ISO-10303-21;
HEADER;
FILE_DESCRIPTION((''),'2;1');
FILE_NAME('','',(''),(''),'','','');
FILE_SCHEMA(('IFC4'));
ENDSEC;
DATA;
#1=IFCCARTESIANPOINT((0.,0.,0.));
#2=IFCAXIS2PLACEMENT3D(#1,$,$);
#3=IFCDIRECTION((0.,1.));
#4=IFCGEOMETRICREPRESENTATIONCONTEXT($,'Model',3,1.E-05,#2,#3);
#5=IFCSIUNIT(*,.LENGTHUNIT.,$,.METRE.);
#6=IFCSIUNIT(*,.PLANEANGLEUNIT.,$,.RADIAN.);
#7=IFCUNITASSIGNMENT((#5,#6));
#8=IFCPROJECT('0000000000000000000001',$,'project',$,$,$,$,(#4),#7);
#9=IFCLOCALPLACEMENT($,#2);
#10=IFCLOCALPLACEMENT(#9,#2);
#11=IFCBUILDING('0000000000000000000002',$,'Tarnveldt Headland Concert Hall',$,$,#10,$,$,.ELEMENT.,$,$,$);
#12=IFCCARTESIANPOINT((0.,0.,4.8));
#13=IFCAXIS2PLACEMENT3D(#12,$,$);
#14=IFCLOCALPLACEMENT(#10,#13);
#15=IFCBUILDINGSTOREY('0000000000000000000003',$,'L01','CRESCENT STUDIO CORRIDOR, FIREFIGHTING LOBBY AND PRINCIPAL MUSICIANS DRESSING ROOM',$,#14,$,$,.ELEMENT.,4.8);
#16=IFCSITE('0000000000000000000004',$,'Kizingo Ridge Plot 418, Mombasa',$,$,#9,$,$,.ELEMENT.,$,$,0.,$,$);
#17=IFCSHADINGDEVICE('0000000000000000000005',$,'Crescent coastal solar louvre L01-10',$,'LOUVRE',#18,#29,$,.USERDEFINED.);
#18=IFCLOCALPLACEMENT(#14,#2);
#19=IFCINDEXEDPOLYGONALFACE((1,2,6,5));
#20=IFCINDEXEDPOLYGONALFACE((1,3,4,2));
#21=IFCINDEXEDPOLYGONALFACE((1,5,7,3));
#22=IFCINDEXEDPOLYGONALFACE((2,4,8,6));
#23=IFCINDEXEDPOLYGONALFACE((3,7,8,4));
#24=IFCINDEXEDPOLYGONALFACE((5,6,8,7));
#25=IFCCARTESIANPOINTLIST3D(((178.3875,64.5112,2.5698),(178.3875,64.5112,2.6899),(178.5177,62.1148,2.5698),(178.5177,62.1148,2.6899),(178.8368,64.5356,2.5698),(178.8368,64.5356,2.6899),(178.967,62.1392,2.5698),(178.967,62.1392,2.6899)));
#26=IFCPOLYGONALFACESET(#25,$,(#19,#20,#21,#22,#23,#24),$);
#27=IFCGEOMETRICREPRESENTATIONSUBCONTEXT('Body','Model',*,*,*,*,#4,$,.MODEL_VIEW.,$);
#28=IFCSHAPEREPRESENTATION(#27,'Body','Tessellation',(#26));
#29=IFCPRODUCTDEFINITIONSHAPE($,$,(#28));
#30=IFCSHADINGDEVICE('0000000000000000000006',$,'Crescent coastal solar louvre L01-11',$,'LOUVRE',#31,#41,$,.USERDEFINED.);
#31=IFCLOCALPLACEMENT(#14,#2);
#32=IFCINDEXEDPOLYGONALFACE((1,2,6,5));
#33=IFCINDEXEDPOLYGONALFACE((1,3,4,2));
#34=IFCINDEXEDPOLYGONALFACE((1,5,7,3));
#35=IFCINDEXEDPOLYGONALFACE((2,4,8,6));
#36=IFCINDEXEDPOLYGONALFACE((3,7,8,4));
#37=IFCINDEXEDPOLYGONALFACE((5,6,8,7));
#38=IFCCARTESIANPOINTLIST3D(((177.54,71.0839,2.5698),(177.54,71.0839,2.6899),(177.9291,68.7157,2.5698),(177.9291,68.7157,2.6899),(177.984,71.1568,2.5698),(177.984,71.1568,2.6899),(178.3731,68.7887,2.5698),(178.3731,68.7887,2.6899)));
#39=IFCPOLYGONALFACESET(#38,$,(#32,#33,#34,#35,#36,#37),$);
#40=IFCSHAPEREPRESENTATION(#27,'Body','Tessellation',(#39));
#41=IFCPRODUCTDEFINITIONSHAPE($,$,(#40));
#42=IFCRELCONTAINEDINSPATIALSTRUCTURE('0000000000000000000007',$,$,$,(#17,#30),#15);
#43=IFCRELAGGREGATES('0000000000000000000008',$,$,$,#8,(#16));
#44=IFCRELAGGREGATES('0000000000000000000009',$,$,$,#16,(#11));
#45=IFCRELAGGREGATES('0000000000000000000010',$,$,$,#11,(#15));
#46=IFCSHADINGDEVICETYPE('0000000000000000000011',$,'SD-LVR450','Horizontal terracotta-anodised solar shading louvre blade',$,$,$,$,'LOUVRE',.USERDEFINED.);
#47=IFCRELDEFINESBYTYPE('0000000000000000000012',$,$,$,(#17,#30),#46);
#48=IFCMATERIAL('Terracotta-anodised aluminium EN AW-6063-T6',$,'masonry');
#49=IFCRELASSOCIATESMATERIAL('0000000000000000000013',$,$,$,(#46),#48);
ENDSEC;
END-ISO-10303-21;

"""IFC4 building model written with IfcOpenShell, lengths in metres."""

from ifc_helpers import new_model, si_unit, direction, frame, origin, origin_2d, place, context, subcontext, project, spatial, rectangle, extrude, material, type_object, element, save


model = new_model("IFC4")

# Units and contexts
model_context = context("Model", 3, precision=1e-05, world=origin(), true_north=direction((0.0, 1.0)))
body_context = subcontext(model_context, "Body", "Model", "MODEL_VIEW")
ifc_project = project(units=[si_unit("LENGTHUNIT", "METRE"), si_unit("PLANEANGLEUNIT", "RADIAN")], contexts=[model_context])

# Site, building, storey
site_placement = place(None, origin())
site = spatial("IfcSite", under=ifc_project, at=site_placement, Name="Kizingo Ridge Plot 418, Mombasa", CompositionType="ELEMENT", RefElevation=0.0)
building_placement = place(site_placement, origin())
building = spatial("IfcBuilding", under=site, at=building_placement, Name="Tarnveldt Headland Concert Hall", CompositionType="ELEMENT")
storey_placement = place(building_placement, frame((0.0, 0.0, 4.8)))
storey = spatial("IfcBuildingStorey", under=building, at=storey_placement, Name="L01", Description="CRESCENT STUDIO CORRIDOR, FIREFIGHTING LOBBY AND PRINCIPAL MUSICIANS DRESSING ROOM", CompositionType="ELEMENT", Elevation=4.8)

# Shading devices
ifc_material_1 = material(Name="Terracotta-anodised aluminium EN AW-6063-T6", Category="masonry")
shading_device_type = type_object("IfcShadingDeviceType", Name="SD-LVR450", Description="Horizontal terracotta-anodised solar shading louvre blade", ElementType="LOUVRE", PredefinedType="USERDEFINED", material=ifc_material_1)
for number, where, z_axis, x_axis, name in (
    (1, (178.6772, 63.3252, 2.5698), (0.0, 0.0, 1.0), (0.998527, 0.054253, 0.0), "Crescent coastal solar louvre L01-10"),
    (2, (177.9565, 69.9363, 2.5698), (0.0, 0.0, 1.0), (0.986771, 0.162121, 0.0), "Crescent coastal solar louvre L01-11"),
):
    element("IfcShadingDevice", number, at=place(storey_placement, frame(where, z_axis=z_axis, x_axis=x_axis)), inside=storey, type_object=shading_device_type, Name=name, ObjectType="LOUVRE", PredefinedType="USERDEFINED", context=body_context, shape_type="SweptSolid", body=[
        extrude(rectangle(XDim=0.45, YDim=2.3999, at=origin_2d()), origin(), (0.0, 0.0, 1.0), 0.1201),
    ])

save(model, "model.ifc")
